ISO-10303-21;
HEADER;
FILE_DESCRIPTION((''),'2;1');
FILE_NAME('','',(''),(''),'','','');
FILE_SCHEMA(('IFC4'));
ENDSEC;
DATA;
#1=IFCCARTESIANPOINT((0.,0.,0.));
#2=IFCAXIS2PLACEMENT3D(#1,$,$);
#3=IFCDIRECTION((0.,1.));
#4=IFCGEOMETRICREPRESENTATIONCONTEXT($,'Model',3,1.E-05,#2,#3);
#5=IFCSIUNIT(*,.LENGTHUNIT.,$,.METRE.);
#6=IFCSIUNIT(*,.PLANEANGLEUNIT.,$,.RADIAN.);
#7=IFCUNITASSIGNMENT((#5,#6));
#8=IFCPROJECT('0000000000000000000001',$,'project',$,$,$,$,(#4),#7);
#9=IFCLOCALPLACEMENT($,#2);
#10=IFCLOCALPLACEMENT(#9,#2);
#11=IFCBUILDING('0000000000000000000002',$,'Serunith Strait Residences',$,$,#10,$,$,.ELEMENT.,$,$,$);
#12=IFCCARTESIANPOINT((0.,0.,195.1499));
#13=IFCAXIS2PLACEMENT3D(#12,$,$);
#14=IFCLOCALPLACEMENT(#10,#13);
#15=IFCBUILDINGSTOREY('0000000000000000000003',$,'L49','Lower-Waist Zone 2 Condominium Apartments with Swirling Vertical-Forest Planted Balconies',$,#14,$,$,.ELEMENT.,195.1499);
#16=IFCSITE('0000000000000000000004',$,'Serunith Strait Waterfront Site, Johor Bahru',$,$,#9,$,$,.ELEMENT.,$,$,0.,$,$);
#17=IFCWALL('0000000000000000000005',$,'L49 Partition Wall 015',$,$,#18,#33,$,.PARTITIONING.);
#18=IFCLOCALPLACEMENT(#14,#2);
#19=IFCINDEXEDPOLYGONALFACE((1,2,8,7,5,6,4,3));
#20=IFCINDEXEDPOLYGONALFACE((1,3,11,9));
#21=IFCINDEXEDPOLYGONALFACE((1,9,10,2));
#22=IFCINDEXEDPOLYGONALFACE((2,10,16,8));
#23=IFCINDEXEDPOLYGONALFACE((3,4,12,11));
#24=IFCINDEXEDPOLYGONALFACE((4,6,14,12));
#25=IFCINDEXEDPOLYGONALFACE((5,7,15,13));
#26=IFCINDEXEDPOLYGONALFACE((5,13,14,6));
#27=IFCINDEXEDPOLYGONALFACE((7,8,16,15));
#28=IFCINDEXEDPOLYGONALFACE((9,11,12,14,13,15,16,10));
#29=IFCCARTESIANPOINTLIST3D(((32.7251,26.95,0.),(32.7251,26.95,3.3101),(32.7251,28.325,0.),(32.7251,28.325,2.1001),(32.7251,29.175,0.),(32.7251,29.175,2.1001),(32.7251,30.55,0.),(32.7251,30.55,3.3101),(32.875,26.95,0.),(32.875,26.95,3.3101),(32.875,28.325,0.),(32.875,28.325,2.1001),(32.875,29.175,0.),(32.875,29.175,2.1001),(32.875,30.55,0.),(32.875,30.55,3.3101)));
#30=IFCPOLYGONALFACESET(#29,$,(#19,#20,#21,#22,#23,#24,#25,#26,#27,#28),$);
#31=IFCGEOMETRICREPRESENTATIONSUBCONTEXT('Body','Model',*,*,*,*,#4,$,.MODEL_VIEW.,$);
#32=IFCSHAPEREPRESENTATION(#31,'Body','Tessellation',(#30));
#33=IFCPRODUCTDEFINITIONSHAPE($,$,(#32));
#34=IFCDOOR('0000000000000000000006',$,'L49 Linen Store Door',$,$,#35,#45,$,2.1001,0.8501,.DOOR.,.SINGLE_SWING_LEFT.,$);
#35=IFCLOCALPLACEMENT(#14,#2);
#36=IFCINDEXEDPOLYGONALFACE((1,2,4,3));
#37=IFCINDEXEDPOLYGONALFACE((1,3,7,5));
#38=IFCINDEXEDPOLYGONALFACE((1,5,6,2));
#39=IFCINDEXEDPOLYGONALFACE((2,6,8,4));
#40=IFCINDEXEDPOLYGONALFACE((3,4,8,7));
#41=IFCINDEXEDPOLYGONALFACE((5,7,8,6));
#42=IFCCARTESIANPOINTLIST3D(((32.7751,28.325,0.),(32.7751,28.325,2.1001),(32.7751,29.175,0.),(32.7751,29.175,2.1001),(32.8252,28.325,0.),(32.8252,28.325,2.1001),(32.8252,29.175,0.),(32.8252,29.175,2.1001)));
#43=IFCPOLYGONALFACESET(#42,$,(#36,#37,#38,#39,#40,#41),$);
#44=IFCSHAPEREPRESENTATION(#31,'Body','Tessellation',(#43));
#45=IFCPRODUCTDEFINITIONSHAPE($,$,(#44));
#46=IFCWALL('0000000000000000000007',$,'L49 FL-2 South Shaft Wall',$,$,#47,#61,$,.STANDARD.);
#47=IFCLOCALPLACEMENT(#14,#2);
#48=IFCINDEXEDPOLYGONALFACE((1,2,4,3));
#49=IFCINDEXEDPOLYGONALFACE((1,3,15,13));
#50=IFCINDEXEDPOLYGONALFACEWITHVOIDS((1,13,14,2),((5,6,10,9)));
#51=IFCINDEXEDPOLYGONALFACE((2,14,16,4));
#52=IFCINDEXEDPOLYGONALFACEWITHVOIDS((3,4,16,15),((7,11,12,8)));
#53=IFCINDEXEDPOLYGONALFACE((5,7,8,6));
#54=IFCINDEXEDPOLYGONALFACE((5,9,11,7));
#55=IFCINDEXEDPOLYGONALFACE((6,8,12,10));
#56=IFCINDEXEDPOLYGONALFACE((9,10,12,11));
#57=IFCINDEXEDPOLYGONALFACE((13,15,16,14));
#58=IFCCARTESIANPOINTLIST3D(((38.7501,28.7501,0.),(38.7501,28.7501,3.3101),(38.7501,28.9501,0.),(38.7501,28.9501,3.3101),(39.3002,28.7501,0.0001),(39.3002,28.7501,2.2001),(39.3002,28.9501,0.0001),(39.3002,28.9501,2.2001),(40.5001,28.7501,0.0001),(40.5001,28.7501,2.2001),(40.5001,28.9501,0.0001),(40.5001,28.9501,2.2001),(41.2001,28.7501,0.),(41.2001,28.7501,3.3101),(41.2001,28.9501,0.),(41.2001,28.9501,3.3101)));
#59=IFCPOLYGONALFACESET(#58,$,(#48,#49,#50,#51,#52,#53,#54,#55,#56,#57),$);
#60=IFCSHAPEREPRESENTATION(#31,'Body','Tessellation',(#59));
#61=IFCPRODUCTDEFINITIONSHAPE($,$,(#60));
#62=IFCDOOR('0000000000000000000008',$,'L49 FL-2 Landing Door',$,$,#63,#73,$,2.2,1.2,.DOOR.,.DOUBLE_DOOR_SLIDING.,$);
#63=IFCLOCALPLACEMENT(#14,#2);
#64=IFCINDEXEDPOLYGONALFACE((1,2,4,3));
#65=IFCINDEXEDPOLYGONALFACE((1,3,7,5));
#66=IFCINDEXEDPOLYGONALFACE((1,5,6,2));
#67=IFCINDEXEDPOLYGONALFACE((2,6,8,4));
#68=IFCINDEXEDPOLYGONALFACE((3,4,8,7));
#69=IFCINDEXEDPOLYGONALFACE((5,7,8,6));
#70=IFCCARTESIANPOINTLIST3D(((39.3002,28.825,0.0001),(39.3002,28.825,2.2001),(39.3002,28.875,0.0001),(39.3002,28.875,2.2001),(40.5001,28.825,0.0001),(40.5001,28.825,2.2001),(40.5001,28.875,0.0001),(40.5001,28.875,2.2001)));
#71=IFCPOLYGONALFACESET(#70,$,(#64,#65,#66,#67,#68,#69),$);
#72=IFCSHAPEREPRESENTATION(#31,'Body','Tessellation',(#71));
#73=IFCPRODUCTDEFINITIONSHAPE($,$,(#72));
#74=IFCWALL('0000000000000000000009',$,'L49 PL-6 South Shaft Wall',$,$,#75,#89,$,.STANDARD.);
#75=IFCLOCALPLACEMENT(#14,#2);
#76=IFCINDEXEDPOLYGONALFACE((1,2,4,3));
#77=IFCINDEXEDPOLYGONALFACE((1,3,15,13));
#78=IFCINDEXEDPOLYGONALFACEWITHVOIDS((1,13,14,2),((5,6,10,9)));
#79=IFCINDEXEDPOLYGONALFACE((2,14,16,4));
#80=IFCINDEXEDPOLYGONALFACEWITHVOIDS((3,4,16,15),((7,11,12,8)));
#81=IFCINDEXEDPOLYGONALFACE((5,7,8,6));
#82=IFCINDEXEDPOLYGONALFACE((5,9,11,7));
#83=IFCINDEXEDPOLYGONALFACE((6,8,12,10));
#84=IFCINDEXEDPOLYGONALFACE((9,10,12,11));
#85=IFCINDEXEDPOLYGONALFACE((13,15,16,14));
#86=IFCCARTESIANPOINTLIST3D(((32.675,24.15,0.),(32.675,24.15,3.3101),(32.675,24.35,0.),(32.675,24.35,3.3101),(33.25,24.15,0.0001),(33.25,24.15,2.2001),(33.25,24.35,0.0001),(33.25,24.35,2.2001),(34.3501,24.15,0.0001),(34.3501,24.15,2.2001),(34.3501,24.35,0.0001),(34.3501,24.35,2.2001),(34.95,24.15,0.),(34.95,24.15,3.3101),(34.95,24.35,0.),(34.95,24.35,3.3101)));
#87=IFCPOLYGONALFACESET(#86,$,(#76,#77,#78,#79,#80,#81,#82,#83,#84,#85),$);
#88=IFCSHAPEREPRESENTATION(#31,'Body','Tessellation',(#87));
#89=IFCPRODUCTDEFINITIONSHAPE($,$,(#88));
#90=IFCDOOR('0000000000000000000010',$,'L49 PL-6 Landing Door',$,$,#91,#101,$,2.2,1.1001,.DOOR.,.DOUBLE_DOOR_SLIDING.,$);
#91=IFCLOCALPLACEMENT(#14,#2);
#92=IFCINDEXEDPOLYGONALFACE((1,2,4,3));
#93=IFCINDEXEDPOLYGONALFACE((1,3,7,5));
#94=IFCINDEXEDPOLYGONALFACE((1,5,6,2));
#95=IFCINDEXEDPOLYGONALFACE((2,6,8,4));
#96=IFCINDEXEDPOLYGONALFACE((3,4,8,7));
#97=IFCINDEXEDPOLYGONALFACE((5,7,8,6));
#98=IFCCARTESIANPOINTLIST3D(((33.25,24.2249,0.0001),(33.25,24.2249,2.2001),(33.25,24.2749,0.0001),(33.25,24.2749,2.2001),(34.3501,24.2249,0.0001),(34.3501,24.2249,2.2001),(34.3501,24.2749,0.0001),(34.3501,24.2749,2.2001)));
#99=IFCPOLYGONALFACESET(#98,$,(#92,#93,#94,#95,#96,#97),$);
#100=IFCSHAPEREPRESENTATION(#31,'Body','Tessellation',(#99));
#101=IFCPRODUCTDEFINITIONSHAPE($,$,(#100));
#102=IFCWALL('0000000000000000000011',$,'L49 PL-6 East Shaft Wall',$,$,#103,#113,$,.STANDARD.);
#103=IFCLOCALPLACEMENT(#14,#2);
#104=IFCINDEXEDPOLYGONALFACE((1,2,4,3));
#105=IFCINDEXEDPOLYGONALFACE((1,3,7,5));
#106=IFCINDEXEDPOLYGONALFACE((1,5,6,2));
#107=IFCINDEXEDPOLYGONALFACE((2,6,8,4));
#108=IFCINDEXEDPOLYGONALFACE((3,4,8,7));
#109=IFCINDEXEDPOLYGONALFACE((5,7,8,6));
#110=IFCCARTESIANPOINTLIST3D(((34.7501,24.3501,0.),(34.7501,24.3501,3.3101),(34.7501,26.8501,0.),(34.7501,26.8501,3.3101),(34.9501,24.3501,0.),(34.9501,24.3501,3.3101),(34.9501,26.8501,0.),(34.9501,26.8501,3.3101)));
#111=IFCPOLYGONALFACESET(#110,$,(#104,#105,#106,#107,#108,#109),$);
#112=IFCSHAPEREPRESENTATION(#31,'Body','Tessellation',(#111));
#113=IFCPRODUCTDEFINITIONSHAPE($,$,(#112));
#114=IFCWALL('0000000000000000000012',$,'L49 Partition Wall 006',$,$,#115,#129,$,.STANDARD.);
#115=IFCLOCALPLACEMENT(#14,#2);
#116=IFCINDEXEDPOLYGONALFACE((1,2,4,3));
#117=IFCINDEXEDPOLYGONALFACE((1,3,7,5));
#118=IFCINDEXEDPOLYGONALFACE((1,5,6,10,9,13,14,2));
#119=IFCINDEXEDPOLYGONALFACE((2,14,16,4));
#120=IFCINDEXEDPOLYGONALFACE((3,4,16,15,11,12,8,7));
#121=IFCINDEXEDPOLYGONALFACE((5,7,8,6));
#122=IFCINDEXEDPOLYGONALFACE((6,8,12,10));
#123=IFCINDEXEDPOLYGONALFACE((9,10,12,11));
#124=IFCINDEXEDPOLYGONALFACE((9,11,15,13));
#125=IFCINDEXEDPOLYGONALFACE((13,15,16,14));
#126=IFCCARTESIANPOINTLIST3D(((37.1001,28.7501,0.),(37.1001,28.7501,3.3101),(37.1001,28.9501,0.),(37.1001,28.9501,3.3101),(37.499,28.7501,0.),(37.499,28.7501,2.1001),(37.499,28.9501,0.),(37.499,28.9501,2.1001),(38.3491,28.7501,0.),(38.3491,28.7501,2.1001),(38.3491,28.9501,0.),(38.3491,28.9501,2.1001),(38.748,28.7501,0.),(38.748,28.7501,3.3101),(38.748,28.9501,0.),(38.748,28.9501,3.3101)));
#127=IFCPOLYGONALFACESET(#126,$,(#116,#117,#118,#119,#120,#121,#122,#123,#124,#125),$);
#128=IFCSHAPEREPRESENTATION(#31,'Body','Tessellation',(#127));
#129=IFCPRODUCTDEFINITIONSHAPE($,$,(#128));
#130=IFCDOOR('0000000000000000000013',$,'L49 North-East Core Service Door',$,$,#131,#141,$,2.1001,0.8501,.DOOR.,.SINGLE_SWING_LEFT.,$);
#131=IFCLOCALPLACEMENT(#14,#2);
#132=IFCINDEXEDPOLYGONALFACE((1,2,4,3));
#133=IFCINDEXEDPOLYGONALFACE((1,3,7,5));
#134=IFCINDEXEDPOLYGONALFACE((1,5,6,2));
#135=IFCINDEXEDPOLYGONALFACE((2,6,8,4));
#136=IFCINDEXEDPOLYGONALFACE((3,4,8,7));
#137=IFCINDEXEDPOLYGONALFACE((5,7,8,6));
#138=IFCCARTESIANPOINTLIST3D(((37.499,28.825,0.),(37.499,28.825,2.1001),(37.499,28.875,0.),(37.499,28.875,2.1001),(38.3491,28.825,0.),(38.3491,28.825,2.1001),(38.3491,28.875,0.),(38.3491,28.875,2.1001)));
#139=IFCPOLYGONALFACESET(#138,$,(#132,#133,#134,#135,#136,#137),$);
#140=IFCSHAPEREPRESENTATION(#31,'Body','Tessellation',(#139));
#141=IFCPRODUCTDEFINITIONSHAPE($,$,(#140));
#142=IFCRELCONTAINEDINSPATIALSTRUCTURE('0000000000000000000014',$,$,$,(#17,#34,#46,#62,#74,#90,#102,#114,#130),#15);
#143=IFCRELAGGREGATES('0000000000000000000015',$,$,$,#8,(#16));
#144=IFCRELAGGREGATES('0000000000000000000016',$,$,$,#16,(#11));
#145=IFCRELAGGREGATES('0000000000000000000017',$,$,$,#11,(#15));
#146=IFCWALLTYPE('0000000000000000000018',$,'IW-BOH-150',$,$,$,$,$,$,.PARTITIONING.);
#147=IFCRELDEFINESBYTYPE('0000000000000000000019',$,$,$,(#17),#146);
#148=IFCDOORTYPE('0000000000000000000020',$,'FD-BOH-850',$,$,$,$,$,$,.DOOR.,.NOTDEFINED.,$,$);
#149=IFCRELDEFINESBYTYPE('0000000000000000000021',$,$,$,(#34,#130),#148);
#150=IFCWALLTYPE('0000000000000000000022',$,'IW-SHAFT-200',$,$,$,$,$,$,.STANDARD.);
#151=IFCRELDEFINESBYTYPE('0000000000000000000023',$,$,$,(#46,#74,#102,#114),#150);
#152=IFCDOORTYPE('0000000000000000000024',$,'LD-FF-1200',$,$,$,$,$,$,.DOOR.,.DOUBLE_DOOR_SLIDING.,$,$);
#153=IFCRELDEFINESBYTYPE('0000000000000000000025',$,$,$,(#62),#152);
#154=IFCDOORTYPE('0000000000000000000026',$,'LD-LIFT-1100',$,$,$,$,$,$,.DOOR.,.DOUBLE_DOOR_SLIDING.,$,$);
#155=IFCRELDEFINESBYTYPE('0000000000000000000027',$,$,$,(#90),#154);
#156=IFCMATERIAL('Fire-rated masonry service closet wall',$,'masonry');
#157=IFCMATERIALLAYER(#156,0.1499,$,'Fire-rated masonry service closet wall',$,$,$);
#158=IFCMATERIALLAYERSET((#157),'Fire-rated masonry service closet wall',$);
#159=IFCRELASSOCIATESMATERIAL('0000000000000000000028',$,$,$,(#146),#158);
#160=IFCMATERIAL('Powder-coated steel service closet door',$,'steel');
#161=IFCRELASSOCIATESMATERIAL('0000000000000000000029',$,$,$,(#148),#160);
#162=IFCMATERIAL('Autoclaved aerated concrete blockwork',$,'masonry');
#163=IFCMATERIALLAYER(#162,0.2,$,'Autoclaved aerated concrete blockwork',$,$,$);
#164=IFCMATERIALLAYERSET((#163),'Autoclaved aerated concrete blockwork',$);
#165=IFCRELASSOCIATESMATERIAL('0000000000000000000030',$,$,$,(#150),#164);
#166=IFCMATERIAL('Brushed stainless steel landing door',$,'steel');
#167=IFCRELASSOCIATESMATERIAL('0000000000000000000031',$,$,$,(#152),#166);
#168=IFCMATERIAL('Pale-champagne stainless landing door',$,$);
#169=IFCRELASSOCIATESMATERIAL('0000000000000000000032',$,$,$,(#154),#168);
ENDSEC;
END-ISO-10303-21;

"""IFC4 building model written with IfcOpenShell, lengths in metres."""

from ifc_helpers import new_model, si_unit, direction, frame, frame_2d, origin, place, context, subcontext, project, spatial, rectangle, extrude, source, transform, mapped, material, layer, layer_set, type_object, element, fill, save


model = new_model("IFC4")

# Units and contexts
model_context = context("Model", 3, precision=1e-05, world=origin(), true_north=direction((0.0, 1.0)))
body_context = subcontext(model_context, "Body", "Model", "MODEL_VIEW")
ifc_project = project(units=[si_unit("LENGTHUNIT", "METRE"), si_unit("PLANEANGLEUNIT", "RADIAN")], contexts=[model_context])

# Site, building, storey
site_placement = place(None, origin())
site = spatial("IfcSite", under=ifc_project, at=site_placement, Name="Serunith Strait Waterfront Site, Johor Bahru", CompositionType="ELEMENT", RefElevation=0.0)
building_placement = place(site_placement, origin())
building = spatial("IfcBuilding", under=site, at=building_placement, Name="Serunith Strait Residences", CompositionType="ELEMENT")
storey_placement = place(building_placement, frame((0.0, 0.0, 195.1499)))
storey = spatial("IfcBuildingStorey", under=building, at=storey_placement, Name="L49", Description="Lower-Waist Zone 2 Condominium Apartments with Swirling Vertical-Forest Planted Balconies", CompositionType="ELEMENT", Elevation=195.1499)

# Walls, openings, doors
ifc_material_1 = material(Name="Fire-rated masonry service closet wall", Category="masonry")
ifc_layer_1 = layer(ifc_material_1, 0.1499, Name="Fire-rated masonry service closet wall")
ifc_layer_set_1 = layer_set([ifc_layer_1], Name="Fire-rated masonry service closet wall")
wall_type_1 = type_object("IfcWallType", Name="IW-BOH-150", PredefinedType="PARTITIONING", material=ifc_layer_set_1)
wall_1_placement = place(storey_placement, frame((32.8, 26.95, 0.0), z_axis=(0.0, 0.0, 1.0), x_axis=(0.0, 1.0, 0.0)))
wall_1 = element("IfcWall", 1, at=wall_1_placement, inside=storey, type_object=wall_type_1, Name="L49 Partition Wall 015", PredefinedType="PARTITIONING", context=body_context, shape_type="SweptSolid", body=[
    extrude(rectangle(XDim=3.6001, YDim=0.1499, at=frame_2d((1.8, 0.0))), origin(), (0.0, 0.0, 1.0), 3.3101),
])
opening_1_placement = place(wall_1_placement, frame((1.375, 0.0, 0.0)))
opening_1 = element("IfcOpeningElement", 2, at=opening_1_placement, cuts=wall_1, PredefinedType="OPENING", context=body_context, shape_type="SweptSolid", body=[
    extrude(rectangle(XDim=0.8501, YDim=2.1001, at=frame_2d((0.425, 1.05))), frame((0.0, 0.085, 0.0), z_axis=(0.0, -1.0, 0.0), x_axis=(1.0, 0.0, 0.0)), (0.0, 0.0, 1.0), 0.1699),
])
ifc_material_2 = material(Name="Powder-coated steel service closet door", Category="steel")
door_type_1 = type_object("IfcDoorType", Name="FD-BOH-850", OperationType="NOTDEFINED", PredefinedType="DOOR", material=ifc_material_2)
shared_shape_1 = source(origin(), body_context, "Body", "SweptSolid", [
    extrude(rectangle(XDim=0.8501, YDim=2.1001, at=frame_2d((0.425, 1.05))), frame((0.0, 0.0249, 0.0), z_axis=(0.0, -1.0, 0.0), x_axis=(1.0, 0.0, 0.0)), (0.0, 0.0, 1.0), 0.05),
])
door_1_placement = place(opening_1_placement, origin())
door_1 = element("IfcDoor", 3, at=door_1_placement, inside=storey, type_object=door_type_1, Name="L49 Linen Store Door", OperationType="SINGLE_SWING_LEFT", OverallHeight=2.1001, OverallWidth=0.8501, PredefinedType="DOOR", context=body_context, shape_type="MappedRepresentation", body=[
    mapped(shared_shape_1, transform((0.0, 0.0, 0.0), scale=1.0)),
])
fill(opening_1, door_1)
ifc_material_3 = material(Name="Autoclaved aerated concrete blockwork", Category="masonry")
ifc_layer_2 = layer(ifc_material_3, 0.2, Name="Autoclaved aerated concrete blockwork")
ifc_layer_set_2 = layer_set([ifc_layer_2], Name="Autoclaved aerated concrete blockwork")
wall_type_2 = type_object("IfcWallType", Name="IW-SHAFT-200", PredefinedType="STANDARD", material=ifc_layer_set_2)
wall_2_placement = place(storey_placement, frame((38.75, 28.8501, 0.0), z_axis=(0.0, 0.0, 1.0), x_axis=(1.0, 0.0, 0.0)))
wall_2 = element("IfcWall", 4, at=wall_2_placement, inside=storey, type_object=wall_type_2, Name="L49 FL-2 South Shaft Wall", PredefinedType="STANDARD", context=body_context, shape_type="SweptSolid", body=[
    extrude(rectangle(XDim=2.45, YDim=0.2, at=frame_2d((1.2251, 0.0))), origin(), (0.0, 0.0, 1.0), 3.3101),
])
opening_2_placement = place(wall_2_placement, frame((0.55, 0.0, 0.0)))
opening_2 = element("IfcOpeningElement", 5, at=opening_2_placement, cuts=wall_2, PredefinedType="OPENING", context=body_context, shape_type="SweptSolid", body=[
    extrude(rectangle(XDim=1.2, YDim=2.2, at=frame_2d((0.6001, 1.1001))), frame((0.0, 0.1099, 0.0), z_axis=(0.0, -1.0, 0.0), x_axis=(1.0, 0.0, 0.0)), (0.0, 0.0, 1.0), 0.22),
])
ifc_material_4 = material(Name="Brushed stainless steel landing door", Category="steel")
door_type_2 = type_object("IfcDoorType", Name="LD-FF-1200", OperationType="DOUBLE_DOOR_SLIDING", PredefinedType="DOOR", material=ifc_material_4)
shared_shape_2 = source(origin(), body_context, "Body", "SweptSolid", [
    extrude(rectangle(XDim=1.2, YDim=2.2, at=frame_2d((0.6001, 1.1001))), frame((0.0, 0.0249, 0.0), z_axis=(0.0, -1.0, 0.0), x_axis=(1.0, 0.0, 0.0)), (0.0, 0.0, 1.0), 0.05),
])
door_2_placement = place(opening_2_placement, origin())
door_2 = element("IfcDoor", 6, at=door_2_placement, inside=storey, type_object=door_type_2, Name="L49 FL-2 Landing Door", OperationType="DOUBLE_DOOR_SLIDING", OverallHeight=2.2, OverallWidth=1.2, PredefinedType="DOOR", context=body_context, shape_type="MappedRepresentation", body=[
    mapped(shared_shape_2, transform((0.0, 0.0, 0.0), scale=1.0)),
])
fill(opening_2, door_2)
wall_3_placement = place(storey_placement, frame((32.675, 24.25, 0.0), z_axis=(0.0, 0.0, 1.0), x_axis=(1.0, 0.0, 0.0)))
wall_3 = element("IfcWall", 7, at=wall_3_placement, inside=storey, type_object=wall_type_2, Name="L49 PL-6 South Shaft Wall", PredefinedType="STANDARD", context=body_context, shape_type="SweptSolid", body=[
    extrude(rectangle(XDim=2.2749, YDim=0.2, at=frame_2d((1.1375, 0.0))), origin(), (0.0, 0.0, 1.0), 3.3101),
])
opening_3_placement = place(wall_3_placement, frame((0.575, 0.0, 0.0)))
opening_3 = element("IfcOpeningElement", 8, at=opening_3_placement, cuts=wall_3, PredefinedType="OPENING", context=body_context, shape_type="SweptSolid", body=[
    extrude(rectangle(XDim=1.1001, YDim=2.2, at=frame_2d((0.55, 1.1001))), frame((0.0, 0.1099, 0.0), z_axis=(0.0, -1.0, 0.0), x_axis=(1.0, 0.0, 0.0)), (0.0, 0.0, 1.0), 0.22),
])
ifc_material_5 = material(Name="Pale-champagne stainless landing door")
door_type_3 = type_object("IfcDoorType", Name="LD-LIFT-1100", OperationType="DOUBLE_DOOR_SLIDING", PredefinedType="DOOR", material=ifc_material_5)
shared_shape_3 = source(origin(), body_context, "Body", "SweptSolid", [
    extrude(rectangle(XDim=1.1001, YDim=2.2, at=frame_2d((0.55, 1.1001))), frame((0.0, 0.0249, 0.0), z_axis=(0.0, -1.0, 0.0), x_axis=(1.0, 0.0, 0.0)), (0.0, 0.0, 1.0), 0.05),
])
door_3_placement = place(opening_3_placement, origin())
door_3 = element("IfcDoor", 9, at=door_3_placement, inside=storey, type_object=door_type_3, Name="L49 PL-6 Landing Door", OperationType="DOUBLE_DOOR_SLIDING", OverallHeight=2.2, OverallWidth=1.1001, PredefinedType="DOOR", context=body_context, shape_type="MappedRepresentation", body=[
    mapped(shared_shape_3, transform((0.0, 0.0, 0.0), scale=1.0)),
])
fill(opening_3, door_3)

# Wall
wall_4_placement = place(storey_placement, frame((34.8501, 24.3501, 0.0), z_axis=(0.0, 0.0, 1.0), x_axis=(0.0, 1.0, 0.0)))
element("IfcWall", 10, at=wall_4_placement, inside=storey, type_object=wall_type_2, Name="L49 PL-6 East Shaft Wall", PredefinedType="STANDARD", context=body_context, shape_type="SweptSolid", body=[
    extrude(rectangle(XDim=2.5, YDim=0.2, at=frame_2d((1.25, 0.0))), origin(), (0.0, 0.0, 1.0), 3.3101),
])

# Wall, opening, door
wall_5_placement = place(storey_placement, frame((37.1001, 28.8501, 0.0), z_axis=(0.0, 0.0, 1.0), x_axis=(1.0, 0.0, 0.0)))
wall_5 = element("IfcWall", 11, at=wall_5_placement, inside=storey, type_object=wall_type_2, Name="L49 Partition Wall 006", PredefinedType="STANDARD", context=body_context, shape_type="SweptSolid", body=[
    extrude(rectangle(XDim=1.6479, YDim=0.2, at=frame_2d((0.824, 0.0))), origin(), (0.0, 0.0, 1.0), 3.3101),
])
opening_4_placement = place(wall_5_placement, frame((0.3989, 0.0, 0.0)))
opening_4 = element("IfcOpeningElement", 12, at=opening_4_placement, cuts=wall_5, PredefinedType="OPENING", context=body_context, shape_type="SweptSolid", body=[
    extrude(rectangle(XDim=0.8501, YDim=2.1001, at=frame_2d((0.425, 1.05))), frame((0.0, 0.1099, 0.0), z_axis=(0.0, -1.0, 0.0), x_axis=(1.0, 0.0, 0.0)), (0.0, 0.0, 1.0), 0.22),
])
door_4_placement = place(opening_4_placement, origin())
door_4 = element("IfcDoor", 13, at=door_4_placement, inside=storey, type_object=door_type_1, Name="L49 North-East Core Service Door", OperationType="SINGLE_SWING_LEFT", OverallHeight=2.1001, OverallWidth=0.8501, PredefinedType="DOOR", context=body_context, shape_type="MappedRepresentation", body=[
    mapped(shared_shape_1, transform((0.0, 0.0, 0.0), scale=1.0)),
])
fill(opening_4, door_4)

save(model, "model.ifc")
